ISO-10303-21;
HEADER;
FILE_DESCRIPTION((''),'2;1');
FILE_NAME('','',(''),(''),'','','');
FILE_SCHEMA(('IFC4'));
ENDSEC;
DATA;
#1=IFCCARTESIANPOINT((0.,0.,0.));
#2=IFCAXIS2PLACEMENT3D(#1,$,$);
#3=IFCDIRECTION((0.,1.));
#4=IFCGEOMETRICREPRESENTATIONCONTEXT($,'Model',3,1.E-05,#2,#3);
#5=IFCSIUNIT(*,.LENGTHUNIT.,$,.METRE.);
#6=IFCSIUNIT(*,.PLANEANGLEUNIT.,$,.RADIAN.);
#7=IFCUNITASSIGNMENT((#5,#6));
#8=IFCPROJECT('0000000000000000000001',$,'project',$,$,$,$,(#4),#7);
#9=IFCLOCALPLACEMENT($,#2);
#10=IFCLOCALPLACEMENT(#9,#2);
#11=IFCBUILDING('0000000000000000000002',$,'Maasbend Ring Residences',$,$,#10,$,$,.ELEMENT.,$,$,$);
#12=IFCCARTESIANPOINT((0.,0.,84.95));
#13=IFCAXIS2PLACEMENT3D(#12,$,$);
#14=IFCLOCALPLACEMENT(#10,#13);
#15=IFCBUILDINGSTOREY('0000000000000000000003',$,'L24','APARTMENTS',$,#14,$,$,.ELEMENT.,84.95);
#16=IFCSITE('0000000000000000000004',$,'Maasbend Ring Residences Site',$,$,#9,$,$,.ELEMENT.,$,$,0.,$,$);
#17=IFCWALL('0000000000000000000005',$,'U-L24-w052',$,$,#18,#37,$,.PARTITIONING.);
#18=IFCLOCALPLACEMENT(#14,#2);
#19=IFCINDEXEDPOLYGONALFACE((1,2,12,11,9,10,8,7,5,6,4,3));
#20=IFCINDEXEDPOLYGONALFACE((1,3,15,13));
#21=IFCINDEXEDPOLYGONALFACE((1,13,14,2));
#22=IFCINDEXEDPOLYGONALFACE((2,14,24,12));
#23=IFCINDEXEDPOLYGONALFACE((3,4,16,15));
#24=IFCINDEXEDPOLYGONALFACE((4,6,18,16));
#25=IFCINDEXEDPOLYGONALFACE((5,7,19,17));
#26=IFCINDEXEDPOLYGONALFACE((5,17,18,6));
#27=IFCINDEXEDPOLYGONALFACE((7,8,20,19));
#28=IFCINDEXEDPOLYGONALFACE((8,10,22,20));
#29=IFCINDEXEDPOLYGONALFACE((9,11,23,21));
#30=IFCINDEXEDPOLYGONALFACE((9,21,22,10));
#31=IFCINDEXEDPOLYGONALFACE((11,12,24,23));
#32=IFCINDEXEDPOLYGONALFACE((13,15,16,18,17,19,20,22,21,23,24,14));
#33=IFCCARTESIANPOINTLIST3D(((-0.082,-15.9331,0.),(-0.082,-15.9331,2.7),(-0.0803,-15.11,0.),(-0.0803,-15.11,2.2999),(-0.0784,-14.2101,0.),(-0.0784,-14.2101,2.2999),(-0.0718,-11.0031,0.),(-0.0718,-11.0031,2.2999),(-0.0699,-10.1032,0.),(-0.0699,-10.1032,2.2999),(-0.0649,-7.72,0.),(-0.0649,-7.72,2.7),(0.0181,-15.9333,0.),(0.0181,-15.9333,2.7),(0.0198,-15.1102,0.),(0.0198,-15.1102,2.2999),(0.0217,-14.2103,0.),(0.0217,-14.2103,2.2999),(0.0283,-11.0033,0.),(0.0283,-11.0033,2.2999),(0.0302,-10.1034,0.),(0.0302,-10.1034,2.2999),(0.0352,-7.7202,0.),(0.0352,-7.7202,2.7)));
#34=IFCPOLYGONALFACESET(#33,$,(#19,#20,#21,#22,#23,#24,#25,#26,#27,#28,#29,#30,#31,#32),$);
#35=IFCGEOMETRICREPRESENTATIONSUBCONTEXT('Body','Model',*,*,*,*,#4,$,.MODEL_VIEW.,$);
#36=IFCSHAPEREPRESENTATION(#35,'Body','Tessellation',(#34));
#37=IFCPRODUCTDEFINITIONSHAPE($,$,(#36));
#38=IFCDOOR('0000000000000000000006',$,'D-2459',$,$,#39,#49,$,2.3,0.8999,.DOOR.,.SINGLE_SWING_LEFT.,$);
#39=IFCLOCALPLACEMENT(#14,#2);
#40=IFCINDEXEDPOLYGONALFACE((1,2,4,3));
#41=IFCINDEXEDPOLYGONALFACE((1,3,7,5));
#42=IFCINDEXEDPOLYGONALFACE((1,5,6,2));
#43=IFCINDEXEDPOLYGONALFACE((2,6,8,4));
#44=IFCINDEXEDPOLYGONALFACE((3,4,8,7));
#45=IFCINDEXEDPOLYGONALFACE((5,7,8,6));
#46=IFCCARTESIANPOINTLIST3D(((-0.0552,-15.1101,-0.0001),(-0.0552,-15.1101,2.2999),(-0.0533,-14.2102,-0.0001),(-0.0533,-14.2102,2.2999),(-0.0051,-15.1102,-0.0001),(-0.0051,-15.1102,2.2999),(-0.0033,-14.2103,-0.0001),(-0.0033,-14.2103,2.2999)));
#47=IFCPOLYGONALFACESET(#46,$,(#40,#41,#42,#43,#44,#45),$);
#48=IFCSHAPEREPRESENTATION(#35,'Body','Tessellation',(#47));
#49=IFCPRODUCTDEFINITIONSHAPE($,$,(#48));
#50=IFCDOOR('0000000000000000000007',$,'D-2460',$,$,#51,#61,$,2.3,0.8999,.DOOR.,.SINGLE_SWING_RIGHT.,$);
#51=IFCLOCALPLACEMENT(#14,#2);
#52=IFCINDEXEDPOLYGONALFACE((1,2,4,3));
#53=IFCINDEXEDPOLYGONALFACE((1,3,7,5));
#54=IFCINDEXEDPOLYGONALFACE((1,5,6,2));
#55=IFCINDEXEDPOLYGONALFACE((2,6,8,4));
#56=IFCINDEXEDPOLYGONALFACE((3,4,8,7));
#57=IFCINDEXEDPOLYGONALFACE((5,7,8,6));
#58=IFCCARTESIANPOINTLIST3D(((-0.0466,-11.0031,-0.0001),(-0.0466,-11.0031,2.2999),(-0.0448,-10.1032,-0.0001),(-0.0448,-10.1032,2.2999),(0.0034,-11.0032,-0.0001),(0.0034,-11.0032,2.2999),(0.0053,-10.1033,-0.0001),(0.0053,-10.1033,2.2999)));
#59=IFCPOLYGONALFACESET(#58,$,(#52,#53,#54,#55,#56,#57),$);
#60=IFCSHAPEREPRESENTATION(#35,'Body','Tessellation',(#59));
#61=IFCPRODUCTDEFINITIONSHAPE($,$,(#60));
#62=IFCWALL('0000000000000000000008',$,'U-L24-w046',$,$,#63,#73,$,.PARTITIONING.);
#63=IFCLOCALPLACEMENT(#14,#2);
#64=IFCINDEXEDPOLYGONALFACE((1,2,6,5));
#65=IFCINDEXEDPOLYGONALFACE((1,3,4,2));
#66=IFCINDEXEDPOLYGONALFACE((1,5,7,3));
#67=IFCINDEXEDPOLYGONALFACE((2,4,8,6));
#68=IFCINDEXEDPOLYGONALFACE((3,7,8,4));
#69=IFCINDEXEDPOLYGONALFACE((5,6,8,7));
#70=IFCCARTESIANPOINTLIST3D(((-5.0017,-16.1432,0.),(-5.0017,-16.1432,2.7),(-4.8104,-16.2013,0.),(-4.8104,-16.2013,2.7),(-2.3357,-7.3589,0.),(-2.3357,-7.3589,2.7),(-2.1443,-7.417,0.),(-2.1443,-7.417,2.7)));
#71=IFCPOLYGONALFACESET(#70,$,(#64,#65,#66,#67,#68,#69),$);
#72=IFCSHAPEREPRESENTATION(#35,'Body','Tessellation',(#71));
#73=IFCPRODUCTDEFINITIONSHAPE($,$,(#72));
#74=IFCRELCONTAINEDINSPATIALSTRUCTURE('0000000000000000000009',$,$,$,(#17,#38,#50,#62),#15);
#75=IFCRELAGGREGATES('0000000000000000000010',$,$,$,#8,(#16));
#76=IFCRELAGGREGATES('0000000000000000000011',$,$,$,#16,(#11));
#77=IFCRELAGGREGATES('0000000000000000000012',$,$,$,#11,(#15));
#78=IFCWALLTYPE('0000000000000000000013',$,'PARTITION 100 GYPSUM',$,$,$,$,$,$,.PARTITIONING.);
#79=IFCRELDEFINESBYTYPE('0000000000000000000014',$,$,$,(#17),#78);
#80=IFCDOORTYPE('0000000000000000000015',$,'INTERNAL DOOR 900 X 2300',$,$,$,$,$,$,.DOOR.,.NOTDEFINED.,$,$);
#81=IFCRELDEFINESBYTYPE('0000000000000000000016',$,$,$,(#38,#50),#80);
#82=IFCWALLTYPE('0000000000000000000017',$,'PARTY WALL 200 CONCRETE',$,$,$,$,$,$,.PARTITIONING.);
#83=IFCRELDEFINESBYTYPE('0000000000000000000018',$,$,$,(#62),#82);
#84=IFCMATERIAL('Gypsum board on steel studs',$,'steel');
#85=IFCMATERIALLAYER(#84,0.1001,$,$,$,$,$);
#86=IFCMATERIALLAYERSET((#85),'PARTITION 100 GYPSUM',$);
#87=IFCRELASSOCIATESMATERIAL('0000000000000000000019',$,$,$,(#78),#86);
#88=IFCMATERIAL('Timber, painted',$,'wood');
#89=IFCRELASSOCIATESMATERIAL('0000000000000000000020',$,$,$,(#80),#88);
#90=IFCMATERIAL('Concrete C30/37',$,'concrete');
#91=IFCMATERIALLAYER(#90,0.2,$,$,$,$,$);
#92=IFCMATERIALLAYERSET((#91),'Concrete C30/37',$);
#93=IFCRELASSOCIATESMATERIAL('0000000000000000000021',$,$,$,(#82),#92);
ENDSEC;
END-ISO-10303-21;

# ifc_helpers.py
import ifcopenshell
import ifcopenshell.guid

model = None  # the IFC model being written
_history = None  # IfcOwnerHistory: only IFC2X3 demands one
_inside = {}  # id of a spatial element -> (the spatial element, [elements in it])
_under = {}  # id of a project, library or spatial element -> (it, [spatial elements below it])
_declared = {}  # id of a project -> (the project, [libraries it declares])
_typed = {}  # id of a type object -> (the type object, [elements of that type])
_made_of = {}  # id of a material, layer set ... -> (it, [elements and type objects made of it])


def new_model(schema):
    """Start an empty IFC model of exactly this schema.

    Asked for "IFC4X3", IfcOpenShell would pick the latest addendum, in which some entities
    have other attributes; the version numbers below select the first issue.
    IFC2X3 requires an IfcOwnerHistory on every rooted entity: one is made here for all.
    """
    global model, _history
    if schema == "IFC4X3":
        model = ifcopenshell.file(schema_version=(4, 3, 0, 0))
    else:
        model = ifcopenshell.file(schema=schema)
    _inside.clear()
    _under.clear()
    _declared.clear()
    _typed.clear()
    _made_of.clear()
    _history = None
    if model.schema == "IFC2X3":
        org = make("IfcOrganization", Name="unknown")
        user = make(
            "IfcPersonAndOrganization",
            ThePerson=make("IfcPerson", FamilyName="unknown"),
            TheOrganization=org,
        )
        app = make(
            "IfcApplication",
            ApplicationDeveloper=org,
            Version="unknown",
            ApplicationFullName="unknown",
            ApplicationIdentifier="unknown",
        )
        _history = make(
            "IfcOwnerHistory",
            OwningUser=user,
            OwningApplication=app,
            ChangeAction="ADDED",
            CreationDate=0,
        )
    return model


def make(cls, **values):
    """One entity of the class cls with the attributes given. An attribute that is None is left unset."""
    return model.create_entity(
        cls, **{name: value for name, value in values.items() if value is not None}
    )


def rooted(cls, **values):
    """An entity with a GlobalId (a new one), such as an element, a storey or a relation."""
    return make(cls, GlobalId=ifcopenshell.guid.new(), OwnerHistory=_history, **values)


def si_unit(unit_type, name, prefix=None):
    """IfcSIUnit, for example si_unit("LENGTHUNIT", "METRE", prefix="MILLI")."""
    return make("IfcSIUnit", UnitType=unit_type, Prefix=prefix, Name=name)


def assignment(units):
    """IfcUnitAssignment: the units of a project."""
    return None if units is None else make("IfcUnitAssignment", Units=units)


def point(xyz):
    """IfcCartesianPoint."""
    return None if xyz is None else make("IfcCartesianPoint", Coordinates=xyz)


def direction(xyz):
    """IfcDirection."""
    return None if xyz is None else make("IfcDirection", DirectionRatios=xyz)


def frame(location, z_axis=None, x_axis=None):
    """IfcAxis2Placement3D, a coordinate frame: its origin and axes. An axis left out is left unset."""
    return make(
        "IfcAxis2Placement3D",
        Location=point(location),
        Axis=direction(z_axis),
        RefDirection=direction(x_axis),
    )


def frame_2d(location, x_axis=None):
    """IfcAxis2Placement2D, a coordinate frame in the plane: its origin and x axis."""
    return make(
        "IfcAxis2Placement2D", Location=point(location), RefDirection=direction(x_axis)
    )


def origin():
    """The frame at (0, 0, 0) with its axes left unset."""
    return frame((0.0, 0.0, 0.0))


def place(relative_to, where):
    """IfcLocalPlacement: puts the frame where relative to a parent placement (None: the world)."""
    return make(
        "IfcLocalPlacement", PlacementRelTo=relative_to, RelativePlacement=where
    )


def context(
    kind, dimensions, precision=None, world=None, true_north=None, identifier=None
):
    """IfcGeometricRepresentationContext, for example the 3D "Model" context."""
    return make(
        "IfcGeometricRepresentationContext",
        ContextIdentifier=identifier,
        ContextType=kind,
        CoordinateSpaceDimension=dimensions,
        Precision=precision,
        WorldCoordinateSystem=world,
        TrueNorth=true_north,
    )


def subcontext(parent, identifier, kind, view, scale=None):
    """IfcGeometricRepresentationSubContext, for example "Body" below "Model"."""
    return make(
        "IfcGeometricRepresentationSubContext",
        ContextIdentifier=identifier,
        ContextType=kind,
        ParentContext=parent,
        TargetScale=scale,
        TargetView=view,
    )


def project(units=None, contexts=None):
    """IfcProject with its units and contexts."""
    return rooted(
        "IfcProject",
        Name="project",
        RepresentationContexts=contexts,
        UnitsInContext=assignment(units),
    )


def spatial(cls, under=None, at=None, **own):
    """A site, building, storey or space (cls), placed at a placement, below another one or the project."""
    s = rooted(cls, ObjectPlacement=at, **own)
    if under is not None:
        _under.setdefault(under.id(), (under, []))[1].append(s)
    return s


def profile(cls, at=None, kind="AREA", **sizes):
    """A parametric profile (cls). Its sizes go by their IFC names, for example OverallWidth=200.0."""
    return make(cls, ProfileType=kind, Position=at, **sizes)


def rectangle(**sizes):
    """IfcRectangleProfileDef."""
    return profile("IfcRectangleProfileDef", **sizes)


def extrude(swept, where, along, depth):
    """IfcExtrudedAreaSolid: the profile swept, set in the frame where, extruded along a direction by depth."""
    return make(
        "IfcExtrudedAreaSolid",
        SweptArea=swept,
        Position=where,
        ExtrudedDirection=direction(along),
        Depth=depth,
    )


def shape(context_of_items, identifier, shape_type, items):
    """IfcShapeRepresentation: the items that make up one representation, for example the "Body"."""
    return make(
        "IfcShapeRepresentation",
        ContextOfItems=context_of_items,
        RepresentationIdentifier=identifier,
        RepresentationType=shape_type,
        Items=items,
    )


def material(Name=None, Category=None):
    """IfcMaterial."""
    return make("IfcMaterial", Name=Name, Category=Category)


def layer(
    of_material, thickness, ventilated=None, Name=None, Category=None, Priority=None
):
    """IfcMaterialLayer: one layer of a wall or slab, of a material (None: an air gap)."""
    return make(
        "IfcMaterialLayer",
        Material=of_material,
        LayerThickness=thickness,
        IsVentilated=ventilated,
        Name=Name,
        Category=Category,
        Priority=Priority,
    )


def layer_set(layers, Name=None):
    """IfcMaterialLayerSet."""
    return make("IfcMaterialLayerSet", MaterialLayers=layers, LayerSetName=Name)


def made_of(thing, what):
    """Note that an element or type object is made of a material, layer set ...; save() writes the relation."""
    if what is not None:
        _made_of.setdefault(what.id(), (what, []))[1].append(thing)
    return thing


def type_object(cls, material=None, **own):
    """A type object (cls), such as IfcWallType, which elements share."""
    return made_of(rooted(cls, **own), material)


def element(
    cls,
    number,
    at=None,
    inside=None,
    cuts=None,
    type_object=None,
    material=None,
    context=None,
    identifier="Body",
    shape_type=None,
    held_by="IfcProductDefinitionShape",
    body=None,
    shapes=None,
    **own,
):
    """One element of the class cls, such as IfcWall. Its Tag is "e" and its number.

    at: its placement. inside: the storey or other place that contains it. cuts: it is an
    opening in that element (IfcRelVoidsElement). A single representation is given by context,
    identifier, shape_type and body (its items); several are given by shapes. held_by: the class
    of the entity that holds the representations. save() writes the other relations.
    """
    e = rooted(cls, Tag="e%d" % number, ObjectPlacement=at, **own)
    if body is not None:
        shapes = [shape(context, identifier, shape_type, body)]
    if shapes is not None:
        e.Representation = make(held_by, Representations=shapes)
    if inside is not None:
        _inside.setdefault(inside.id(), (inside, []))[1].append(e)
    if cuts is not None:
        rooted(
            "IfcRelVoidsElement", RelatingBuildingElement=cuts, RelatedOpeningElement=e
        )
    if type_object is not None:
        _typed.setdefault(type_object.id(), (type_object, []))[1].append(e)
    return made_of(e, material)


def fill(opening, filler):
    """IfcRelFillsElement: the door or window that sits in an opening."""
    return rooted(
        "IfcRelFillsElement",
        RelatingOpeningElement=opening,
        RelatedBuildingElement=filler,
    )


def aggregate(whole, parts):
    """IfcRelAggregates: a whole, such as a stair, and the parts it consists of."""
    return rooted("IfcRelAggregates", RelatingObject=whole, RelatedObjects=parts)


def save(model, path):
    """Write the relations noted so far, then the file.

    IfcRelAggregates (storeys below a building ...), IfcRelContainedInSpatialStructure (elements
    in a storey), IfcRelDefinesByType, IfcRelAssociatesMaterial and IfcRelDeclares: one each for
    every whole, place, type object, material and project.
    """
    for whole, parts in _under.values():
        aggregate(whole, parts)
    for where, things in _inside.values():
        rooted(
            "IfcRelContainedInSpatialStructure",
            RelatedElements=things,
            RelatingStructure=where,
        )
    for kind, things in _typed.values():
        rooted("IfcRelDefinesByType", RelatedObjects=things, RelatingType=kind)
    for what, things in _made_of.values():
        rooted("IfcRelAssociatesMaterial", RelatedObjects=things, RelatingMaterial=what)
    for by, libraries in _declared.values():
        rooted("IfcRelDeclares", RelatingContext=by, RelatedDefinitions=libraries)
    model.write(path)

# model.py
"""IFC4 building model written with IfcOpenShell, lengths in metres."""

from ifc_helpers import new_model, si_unit, direction, frame, frame_2d, origin, place, context, subcontext, project, spatial, rectangle, extrude, material, layer, layer_set, type_object, element, fill, save


model = new_model("IFC4")

# Units and contexts
model_context = context("Model", 3, precision=1e-05, world=origin(), true_north=direction((0.0, 1.0)))
body_context = subcontext(model_context, "Body", "Model", "MODEL_VIEW")
ifc_project = project(units=[si_unit("LENGTHUNIT", "METRE"), si_unit("PLANEANGLEUNIT", "RADIAN")], contexts=[model_context])

# Site, building, storey
site_placement = place(None, origin())
site = spatial("IfcSite", under=ifc_project, at=site_placement, Name="Maasbend Ring Residences Site", CompositionType="ELEMENT", RefElevation=0.0)
building_placement = place(site_placement, origin())
building = spatial("IfcBuilding", under=site, at=building_placement, Name="Maasbend Ring Residences", CompositionType="ELEMENT")
storey_placement = place(building_placement, frame((0.0, 0.0, 84.95)))
storey = spatial("IfcBuildingStorey", under=building, at=storey_placement, Name="L24", Description="APARTMENTS", CompositionType="ELEMENT", Elevation=84.95)

# Shared definitions
ifc_material_1 = material(Name="Gypsum board on steel studs", Category="steel")
ifc_layer_1 = layer(ifc_material_1, 0.1001)
ifc_layer_set_1 = layer_set([ifc_layer_1], Name="PARTITION 100 GYPSUM")
wall_type_1 = type_object("IfcWallType", Name="PARTITION 100 GYPSUM", PredefinedType="PARTITIONING", material=ifc_layer_set_1)

# Shared definitions
ifc_material_2 = material(Name="Timber, painted", Category="wood")
door_type_1 = type_object("IfcDoorType", Name="INTERNAL DOOR 900 X 2300", OperationType="NOTDEFINED", PredefinedType="DOOR", material=ifc_material_2)

# Wall, openings, doors
wall_1_placement = place(storey_placement, frame((-0.032, -15.9331, 0.0), z_axis=(0.0, 0.0, 1.0), x_axis=(0.002081, 0.999998, 0.0)))
wall_1 = element("IfcWall", 1, at=wall_1_placement, inside=storey, type_object=wall_type_1, Name="U-L24-w052", PredefinedType="PARTITIONING", context=body_context, shape_type="SweptSolid", body=[
    extrude(rectangle(XDim=8.2131, YDim=0.1001, at=frame_2d((4.1064, 0.0))), origin(), (0.0, 0.0, 1.0), 2.7),
])
opening_1_placement = place(wall_1_placement, frame((0.823, 0.0, 0.0)))
opening_1 = element("IfcOpeningElement", 2, at=opening_1_placement, cuts=wall_1, PredefinedType="OPENING", context=body_context, shape_type="SweptSolid", body=[
    extrude(rectangle(XDim=0.8999, YDim=2.3, at=frame_2d((0.45, 1.1499))), frame((0.0, 0.0601, 0.0), z_axis=(0.0, -1.0, 0.0), x_axis=(1.0, 0.0, 0.0)), (0.0, 0.0, 1.0), 0.1201),
])
opening_2_placement = place(wall_1_placement, frame((4.9299, 0.0, 0.0)))
opening_2 = element("IfcOpeningElement", 3, at=opening_2_placement, cuts=wall_1, PredefinedType="OPENING", context=body_context, shape_type="SweptSolid", body=[
    extrude(rectangle(XDim=0.8999, YDim=2.3, at=frame_2d((0.45, 1.1499))), frame((0.0, 0.0601, 0.0), z_axis=(0.0, -1.0, 0.0), x_axis=(1.0, 0.0, 0.0)), (0.0, 0.0, 1.0), 0.1201),
])
door_1_placement = place(opening_1_placement, origin())
door_1 = element("IfcDoor", 4, at=door_1_placement, inside=storey, type_object=door_type_1, Name="D-2459", OperationType="SINGLE_SWING_LEFT", OverallHeight=2.3, OverallWidth=0.8999, PredefinedType="DOOR", context=body_context, shape_type="SweptSolid", body=[
    extrude(rectangle(XDim=0.8999, YDim=2.3, at=frame_2d((0.45, 1.1499))), frame((0.0, 0.0249, 0.0), z_axis=(0.0, -1.0, 0.0), x_axis=(1.0, 0.0, 0.0)), (0.0, 0.0, 1.0), 0.05),
])
fill(opening_1, door_1)
door_2_placement = place(opening_2_placement, origin())
door_2 = element("IfcDoor", 5, at=door_2_placement, inside=storey, type_object=door_type_1, Name="D-2460", OperationType="SINGLE_SWING_RIGHT", OverallHeight=2.3, OverallWidth=0.8999, PredefinedType="DOOR", context=body_context, shape_type="SweptSolid", body=[
    extrude(rectangle(XDim=0.8999, YDim=2.3, at=frame_2d((0.45, 1.1499))), frame((0.0, 0.0249, 0.0), z_axis=(0.0, -1.0, 0.0), x_axis=(1.0, 0.0, 0.0)), (0.0, 0.0, 1.0), 0.05),
])
fill(opening_2, door_2)

# Wall
ifc_material_3 = material(Name="Concrete C30/37", Category="concrete")
ifc_layer_2 = layer(ifc_material_3, 0.2)
ifc_layer_set_2 = layer_set([ifc_layer_2], Name="Concrete C30/37")
wall_type_2 = type_object("IfcWallType", Name="PARTY WALL 200 CONCRETE", PredefinedType="PARTITIONING", material=ifc_layer_set_2)
wall_2_placement = place(storey_placement, frame((-4.906, -16.1721, 0.0), z_axis=(0.0, 0.0, 1.0), x_axis=(0.290421, 0.956899, 0.0)))
element("IfcWall", 6, at=wall_2_placement, inside=storey, type_object=wall_type_2, Name="U-L24-w046", PredefinedType="PARTITIONING", context=body_context, shape_type="SweptSolid", body=[
    extrude(rectangle(XDim=9.1799, YDim=0.2, at=frame_2d((4.5898, 0.0))), origin(), (0.0, 0.0, 1.0), 2.7),
])

save(model, "model.ifc")
